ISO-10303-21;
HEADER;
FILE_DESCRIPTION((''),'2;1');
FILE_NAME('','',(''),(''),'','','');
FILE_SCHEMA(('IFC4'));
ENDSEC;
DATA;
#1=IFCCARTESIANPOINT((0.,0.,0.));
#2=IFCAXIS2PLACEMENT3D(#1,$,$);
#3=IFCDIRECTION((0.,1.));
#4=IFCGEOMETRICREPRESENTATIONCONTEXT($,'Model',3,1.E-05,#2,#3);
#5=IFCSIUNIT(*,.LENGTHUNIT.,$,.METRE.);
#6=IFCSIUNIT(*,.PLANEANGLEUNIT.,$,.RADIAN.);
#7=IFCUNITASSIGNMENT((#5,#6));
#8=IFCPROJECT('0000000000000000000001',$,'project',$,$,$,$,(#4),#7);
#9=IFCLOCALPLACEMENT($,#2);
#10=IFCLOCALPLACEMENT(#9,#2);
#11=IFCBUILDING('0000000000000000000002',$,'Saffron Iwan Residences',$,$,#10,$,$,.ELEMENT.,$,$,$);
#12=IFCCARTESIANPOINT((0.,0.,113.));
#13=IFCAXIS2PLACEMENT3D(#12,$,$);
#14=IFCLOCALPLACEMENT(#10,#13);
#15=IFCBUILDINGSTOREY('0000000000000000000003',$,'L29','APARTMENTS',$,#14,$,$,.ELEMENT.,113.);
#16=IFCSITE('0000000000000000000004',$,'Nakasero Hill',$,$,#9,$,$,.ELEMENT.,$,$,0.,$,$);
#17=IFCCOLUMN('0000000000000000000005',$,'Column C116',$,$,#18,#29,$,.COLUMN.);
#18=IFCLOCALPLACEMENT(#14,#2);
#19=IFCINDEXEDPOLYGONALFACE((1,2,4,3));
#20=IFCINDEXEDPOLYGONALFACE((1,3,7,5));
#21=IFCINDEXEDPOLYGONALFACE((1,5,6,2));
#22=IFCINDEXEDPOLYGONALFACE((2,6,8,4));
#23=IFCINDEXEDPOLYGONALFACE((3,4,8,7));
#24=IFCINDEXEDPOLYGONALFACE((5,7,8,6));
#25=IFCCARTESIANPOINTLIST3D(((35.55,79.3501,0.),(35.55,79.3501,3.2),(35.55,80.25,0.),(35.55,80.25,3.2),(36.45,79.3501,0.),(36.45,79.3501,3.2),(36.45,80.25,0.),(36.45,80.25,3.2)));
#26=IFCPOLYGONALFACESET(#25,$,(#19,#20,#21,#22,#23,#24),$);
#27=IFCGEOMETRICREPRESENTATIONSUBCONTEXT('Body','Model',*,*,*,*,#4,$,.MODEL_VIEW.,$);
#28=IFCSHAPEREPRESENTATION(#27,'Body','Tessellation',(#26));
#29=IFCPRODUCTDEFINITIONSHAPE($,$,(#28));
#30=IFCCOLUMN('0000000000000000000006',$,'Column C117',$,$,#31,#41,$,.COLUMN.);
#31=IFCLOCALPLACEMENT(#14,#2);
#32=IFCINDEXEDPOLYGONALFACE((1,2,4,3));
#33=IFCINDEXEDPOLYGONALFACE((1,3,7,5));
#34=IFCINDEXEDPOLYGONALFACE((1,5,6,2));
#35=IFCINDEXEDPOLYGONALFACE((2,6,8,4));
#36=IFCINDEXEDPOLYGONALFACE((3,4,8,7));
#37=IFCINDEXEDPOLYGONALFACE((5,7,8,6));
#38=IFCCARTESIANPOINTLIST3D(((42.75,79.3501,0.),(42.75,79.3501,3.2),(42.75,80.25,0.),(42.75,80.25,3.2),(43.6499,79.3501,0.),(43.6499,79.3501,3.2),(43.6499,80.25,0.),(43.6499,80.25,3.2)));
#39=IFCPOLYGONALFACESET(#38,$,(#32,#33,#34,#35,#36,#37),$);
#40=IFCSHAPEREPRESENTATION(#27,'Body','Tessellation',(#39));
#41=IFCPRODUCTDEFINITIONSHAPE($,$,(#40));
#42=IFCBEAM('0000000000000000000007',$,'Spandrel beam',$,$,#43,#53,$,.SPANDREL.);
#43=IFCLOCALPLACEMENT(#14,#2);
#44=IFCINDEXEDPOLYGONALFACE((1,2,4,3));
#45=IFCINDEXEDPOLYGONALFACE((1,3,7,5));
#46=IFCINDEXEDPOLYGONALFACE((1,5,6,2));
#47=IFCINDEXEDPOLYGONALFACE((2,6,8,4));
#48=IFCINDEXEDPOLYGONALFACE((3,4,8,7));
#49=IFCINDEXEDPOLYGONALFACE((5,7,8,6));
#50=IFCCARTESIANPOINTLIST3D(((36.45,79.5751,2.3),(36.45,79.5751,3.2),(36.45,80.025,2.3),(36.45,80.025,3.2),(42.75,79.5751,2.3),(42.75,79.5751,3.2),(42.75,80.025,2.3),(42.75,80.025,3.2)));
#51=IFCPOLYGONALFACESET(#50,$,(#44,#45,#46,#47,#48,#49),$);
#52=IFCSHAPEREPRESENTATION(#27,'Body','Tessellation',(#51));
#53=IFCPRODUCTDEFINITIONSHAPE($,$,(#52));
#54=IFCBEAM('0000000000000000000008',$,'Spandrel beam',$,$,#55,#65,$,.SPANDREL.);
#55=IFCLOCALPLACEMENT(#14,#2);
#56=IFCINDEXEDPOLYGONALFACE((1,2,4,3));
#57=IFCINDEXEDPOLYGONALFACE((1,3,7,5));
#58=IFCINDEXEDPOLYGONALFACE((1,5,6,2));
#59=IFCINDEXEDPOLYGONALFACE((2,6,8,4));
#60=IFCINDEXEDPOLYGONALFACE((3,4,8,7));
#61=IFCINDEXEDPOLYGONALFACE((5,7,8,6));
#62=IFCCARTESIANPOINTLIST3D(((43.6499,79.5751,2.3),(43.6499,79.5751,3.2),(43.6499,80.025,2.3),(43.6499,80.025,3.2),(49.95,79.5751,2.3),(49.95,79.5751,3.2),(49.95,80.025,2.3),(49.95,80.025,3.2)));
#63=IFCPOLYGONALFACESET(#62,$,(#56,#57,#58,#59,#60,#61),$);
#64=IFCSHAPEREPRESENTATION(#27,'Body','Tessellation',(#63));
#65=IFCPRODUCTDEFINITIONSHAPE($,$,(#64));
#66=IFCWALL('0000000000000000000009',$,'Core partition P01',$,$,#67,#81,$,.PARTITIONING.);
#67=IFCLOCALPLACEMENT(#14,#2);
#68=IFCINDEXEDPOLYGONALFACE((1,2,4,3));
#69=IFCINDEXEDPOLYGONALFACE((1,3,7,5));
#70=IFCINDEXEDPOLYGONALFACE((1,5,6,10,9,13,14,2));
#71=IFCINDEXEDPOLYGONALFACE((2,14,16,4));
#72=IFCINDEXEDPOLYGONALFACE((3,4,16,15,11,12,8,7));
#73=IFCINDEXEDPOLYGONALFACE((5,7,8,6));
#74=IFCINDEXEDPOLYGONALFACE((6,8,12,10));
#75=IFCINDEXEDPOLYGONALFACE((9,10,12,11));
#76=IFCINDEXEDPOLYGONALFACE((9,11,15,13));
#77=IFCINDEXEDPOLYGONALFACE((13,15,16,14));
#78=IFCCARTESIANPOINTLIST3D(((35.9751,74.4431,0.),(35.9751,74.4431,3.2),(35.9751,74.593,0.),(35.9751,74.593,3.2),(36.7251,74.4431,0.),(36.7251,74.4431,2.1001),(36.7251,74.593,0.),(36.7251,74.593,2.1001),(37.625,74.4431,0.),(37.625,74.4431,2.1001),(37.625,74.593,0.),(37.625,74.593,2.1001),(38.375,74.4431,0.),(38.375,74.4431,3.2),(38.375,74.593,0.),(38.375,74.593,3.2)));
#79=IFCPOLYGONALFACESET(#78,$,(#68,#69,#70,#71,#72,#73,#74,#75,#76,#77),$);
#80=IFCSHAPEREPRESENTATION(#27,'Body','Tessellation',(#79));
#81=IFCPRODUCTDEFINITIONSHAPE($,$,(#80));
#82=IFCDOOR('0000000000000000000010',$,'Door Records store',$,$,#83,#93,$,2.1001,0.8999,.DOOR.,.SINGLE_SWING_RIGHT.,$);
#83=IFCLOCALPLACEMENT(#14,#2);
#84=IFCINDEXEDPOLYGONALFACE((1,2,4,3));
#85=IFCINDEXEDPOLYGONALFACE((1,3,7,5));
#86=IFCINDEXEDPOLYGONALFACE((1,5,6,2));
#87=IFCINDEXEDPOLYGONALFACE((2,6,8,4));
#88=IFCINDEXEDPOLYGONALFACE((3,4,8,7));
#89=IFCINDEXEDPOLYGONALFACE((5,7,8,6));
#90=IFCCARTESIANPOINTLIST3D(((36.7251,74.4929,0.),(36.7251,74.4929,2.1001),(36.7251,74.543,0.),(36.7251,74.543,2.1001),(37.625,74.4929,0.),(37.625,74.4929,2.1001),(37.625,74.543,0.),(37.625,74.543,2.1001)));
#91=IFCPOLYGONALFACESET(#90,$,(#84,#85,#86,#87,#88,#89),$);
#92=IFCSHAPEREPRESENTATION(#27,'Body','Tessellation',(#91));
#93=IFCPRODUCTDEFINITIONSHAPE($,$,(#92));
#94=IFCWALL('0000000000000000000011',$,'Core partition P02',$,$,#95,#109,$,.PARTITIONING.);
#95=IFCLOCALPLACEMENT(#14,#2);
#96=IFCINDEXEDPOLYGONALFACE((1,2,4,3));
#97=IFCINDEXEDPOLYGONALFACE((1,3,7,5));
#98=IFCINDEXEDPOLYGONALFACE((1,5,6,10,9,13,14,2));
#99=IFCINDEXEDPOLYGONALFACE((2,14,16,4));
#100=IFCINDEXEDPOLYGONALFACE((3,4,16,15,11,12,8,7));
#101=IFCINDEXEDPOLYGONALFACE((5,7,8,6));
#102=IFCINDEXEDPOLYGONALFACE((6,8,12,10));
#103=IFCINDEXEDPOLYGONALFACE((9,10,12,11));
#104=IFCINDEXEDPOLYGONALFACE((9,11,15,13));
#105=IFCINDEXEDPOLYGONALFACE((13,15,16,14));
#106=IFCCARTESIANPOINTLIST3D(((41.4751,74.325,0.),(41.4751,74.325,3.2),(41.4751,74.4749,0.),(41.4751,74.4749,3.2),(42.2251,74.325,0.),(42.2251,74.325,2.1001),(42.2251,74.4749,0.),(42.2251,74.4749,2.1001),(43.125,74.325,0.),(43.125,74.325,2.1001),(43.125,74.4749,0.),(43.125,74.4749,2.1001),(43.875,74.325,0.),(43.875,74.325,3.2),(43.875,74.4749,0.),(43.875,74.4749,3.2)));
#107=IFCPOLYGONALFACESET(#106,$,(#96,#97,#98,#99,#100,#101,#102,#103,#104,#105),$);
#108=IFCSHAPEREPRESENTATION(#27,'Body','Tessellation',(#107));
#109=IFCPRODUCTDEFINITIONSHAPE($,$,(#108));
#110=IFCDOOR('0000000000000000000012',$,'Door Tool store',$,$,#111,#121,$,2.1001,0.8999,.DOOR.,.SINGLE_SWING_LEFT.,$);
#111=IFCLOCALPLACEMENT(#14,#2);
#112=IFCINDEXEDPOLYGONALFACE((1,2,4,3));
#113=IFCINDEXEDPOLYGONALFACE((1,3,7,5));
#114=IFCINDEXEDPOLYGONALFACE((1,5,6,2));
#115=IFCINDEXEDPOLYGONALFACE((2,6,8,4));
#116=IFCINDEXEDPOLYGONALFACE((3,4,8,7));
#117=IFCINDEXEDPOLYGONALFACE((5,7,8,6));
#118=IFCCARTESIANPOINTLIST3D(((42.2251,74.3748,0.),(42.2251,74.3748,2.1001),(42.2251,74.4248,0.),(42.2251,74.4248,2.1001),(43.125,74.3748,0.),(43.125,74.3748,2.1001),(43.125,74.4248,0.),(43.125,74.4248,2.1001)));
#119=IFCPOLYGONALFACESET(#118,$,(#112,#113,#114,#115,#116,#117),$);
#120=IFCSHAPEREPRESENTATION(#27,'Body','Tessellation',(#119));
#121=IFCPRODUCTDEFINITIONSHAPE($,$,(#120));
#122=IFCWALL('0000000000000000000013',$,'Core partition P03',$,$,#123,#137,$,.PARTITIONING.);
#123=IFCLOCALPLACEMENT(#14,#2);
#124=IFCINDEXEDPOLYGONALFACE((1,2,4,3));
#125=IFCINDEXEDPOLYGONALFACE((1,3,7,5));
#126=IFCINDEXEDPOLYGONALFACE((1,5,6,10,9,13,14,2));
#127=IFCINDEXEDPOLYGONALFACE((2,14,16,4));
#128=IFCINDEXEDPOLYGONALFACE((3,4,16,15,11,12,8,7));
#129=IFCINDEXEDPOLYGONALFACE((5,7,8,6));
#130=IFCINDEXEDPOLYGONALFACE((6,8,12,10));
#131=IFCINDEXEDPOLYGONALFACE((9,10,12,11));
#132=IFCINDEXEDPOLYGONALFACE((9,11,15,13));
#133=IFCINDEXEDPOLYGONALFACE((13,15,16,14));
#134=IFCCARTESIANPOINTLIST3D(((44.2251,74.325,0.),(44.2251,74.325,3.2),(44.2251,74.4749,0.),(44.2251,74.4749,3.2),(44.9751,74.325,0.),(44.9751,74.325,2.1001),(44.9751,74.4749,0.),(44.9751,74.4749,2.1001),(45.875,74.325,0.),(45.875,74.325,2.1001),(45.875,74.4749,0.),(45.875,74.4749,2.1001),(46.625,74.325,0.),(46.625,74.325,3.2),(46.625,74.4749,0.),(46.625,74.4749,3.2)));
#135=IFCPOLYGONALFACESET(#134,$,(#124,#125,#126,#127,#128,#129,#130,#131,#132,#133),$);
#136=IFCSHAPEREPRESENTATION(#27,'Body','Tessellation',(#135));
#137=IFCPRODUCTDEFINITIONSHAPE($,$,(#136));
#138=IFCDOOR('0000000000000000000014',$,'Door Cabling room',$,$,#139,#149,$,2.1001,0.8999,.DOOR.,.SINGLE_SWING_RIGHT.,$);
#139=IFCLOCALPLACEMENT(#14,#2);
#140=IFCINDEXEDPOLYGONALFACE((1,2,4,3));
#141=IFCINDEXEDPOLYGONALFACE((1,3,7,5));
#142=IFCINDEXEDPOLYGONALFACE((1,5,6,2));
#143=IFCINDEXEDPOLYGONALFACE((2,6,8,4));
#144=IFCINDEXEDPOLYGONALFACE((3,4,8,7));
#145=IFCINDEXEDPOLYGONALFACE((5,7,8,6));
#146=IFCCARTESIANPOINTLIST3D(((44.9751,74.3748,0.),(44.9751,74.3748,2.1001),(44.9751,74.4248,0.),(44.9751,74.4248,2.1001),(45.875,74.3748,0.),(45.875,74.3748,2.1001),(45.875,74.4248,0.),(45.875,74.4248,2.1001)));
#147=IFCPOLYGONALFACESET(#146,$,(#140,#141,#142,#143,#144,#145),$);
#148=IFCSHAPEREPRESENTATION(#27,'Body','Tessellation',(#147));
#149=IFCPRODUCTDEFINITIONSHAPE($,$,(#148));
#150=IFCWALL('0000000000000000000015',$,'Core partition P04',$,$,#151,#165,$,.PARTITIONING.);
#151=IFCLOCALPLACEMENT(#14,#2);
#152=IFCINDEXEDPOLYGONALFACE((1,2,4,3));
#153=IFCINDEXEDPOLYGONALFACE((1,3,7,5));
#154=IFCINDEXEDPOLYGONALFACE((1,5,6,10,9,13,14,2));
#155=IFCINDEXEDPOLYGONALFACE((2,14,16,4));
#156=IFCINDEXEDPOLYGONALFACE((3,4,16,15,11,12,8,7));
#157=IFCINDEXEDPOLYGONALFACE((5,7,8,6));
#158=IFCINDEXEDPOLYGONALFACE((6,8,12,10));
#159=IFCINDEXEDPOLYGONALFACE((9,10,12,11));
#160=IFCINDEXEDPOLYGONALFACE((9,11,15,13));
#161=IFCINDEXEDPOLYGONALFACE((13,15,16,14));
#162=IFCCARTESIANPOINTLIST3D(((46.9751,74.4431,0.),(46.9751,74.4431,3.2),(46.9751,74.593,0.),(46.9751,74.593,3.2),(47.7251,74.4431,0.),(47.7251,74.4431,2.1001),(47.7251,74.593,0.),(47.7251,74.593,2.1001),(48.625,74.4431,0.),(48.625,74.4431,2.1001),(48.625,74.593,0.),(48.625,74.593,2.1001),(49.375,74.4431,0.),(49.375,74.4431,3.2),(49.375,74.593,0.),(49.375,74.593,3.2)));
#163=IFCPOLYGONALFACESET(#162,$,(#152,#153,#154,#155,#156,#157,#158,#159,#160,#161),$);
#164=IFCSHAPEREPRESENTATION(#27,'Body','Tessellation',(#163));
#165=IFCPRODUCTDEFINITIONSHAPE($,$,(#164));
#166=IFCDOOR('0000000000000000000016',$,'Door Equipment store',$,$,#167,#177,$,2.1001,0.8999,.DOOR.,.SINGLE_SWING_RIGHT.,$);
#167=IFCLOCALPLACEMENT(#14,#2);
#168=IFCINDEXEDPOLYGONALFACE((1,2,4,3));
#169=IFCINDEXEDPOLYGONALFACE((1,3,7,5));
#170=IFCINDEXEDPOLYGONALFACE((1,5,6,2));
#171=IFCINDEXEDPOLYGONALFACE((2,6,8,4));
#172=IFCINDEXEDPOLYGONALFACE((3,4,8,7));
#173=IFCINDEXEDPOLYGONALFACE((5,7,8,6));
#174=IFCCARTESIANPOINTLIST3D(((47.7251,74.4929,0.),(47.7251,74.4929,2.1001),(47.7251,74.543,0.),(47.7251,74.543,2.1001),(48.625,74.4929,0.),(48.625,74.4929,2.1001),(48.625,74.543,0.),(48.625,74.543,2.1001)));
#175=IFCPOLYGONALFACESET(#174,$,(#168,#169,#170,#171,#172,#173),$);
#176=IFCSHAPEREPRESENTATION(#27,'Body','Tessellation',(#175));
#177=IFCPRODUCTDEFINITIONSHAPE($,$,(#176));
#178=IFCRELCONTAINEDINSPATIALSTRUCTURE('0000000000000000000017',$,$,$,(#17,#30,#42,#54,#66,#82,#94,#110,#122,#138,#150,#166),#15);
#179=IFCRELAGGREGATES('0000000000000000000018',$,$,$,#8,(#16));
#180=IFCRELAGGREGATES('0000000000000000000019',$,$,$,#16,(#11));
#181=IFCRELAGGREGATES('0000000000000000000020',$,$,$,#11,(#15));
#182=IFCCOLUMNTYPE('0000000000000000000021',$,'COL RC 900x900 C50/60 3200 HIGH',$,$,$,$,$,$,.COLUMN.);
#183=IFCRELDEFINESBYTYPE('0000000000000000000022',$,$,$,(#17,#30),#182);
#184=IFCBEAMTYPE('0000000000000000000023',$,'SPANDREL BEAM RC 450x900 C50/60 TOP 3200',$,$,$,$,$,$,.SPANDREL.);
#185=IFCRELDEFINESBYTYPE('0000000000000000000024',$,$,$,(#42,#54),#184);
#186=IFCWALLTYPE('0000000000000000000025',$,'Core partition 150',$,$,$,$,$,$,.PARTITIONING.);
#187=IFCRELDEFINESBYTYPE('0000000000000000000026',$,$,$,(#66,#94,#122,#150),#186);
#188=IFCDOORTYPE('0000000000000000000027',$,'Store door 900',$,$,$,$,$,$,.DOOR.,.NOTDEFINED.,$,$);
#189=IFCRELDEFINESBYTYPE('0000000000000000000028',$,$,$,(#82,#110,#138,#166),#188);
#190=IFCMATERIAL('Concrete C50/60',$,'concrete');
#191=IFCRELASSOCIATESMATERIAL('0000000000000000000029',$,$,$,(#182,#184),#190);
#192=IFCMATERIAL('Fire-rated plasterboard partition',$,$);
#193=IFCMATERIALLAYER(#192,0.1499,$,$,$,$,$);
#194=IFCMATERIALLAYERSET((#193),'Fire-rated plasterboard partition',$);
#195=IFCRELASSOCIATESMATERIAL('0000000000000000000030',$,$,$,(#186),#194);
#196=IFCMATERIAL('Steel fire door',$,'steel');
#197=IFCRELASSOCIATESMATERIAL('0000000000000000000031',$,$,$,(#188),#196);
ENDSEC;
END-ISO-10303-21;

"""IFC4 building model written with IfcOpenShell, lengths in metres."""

from ifc_helpers import new_model, si_unit, direction, frame, frame_2d, origin, origin_2d, place, context, subcontext, project, spatial, rectangle, extrude, source, transform, mapped, material, layer, layer_set, material_profile, profile_set, type_object, element, fill, save


model = new_model("IFC4")

# Units and contexts
model_context = context("Model", 3, precision=1e-05, world=origin(), true_north=direction((0.0, 1.0)))
body_context = subcontext(model_context, "Body", "Model", "MODEL_VIEW")
ifc_project = project(units=[si_unit("LENGTHUNIT", "METRE"), si_unit("PLANEANGLEUNIT", "RADIAN")], contexts=[model_context])

# Site, building, storey
site_placement = place(None, origin())
site = spatial("IfcSite", under=ifc_project, at=site_placement, Name="Nakasero Hill", CompositionType="ELEMENT", RefElevation=0.0)
building_placement = place(site_placement, origin())
building = spatial("IfcBuilding", under=site, at=building_placement, Name="Saffron Iwan Residences", CompositionType="ELEMENT")
storey_placement = place(building_placement, frame((0.0, 0.0, 113.0)))
storey = spatial("IfcBuildingStorey", under=building, at=storey_placement, Name="L29", Description="APARTMENTS", CompositionType="ELEMENT", Elevation=113.0)

# Columns
ifc_material_1 = material(Name="Concrete C50/60", Category="concrete")
ifc_material_profile_1 = material_profile(ifc_material_1, rectangle(XDim=0.8999, YDim=0.8999, at=origin_2d()), Name="RC 900x900")
ifc_profile_set_1 = profile_set([ifc_material_profile_1], Name="Concrete C50/60")
column_type = type_object("IfcColumnType", Name="COL RC 900x900 C50/60 3200 HIGH", PredefinedType="COLUMN", material=ifc_profile_set_1)
shared_shape_1 = source(origin(), body_context, "Body", "SweptSolid", [
    extrude(rectangle(XDim=0.8999, YDim=0.8999, at=origin_2d()), origin(), (0.0, 0.0, 1.0), 3.2),
])
for number, where, z_axis, x_axis, name in (
    (1, (36.0, 79.8, 0.0), (0.0, 0.0, 1.0), (1.0, 0.0, 0.0), "Column C116"),
    (2, (43.2, 79.8, 0.0), (0.0, 0.0, 1.0), (1.0, 0.0, 0.0), "Column C117"),
):
    element("IfcColumn", number, at=place(storey_placement, frame(where, z_axis=z_axis, x_axis=x_axis)), inside=storey, type_object=column_type, Name=name, PredefinedType="COLUMN", context=body_context, shape_type="MappedRepresentation", body=[
        mapped(shared_shape_1, transform((0.0, 0.0, 0.0))),
    ])

# Beams
ifc_material_profile_2 = material_profile(ifc_material_1, rectangle(XDim=0.45, YDim=0.8999, at=origin_2d()), Name="RC 450x900")
ifc_profile_set_2 = profile_set([ifc_material_profile_2], Name="Concrete C50/60")
beam_type = type_object("IfcBeamType", Name="SPANDREL BEAM RC 450x900 C50/60 TOP 3200", PredefinedType="SPANDREL", material=ifc_profile_set_2)
shared_shape_2 = source(origin(), body_context, "Body", "SweptSolid", [
    extrude(rectangle(XDim=0.45, YDim=0.8999, at=origin_2d()), origin(), (0.0, 0.0, 1.0), 6.3),
])
for number, where, z_axis, x_axis, name in (
    (3, (36.45, 79.8, 2.75), (1.0, 0.0, 0.0), (0.0, 1.0, 0.0), "Spandrel beam"),
    (4, (43.6499, 79.8, 2.75), (1.0, 0.0, 0.0), (0.0, 1.0, 0.0), "Spandrel beam"),
):
    element("IfcBeam", number, at=place(storey_placement, frame(where, z_axis=z_axis, x_axis=x_axis)), inside=storey, type_object=beam_type, Name=name, PredefinedType="SPANDREL", context=body_context, shape_type="MappedRepresentation", body=[
        mapped(shared_shape_2, transform((0.0, 0.0, 0.0))),
    ])

# Walls, openings, doors
ifc_material_2 = material(Name="Fire-rated plasterboard partition")
ifc_layer_1 = layer(ifc_material_2, 0.1499)
ifc_layer_set_1 = layer_set([ifc_layer_1], Name="Fire-rated plasterboard partition")
wall_type_1 = type_object("IfcWallType", Name="Core partition 150", PredefinedType="PARTITIONING", material=ifc_layer_set_1)
wall_1_placement = place(storey_placement, frame((35.9751, 74.5181, 0.0), z_axis=(0.0, 0.0, 1.0), x_axis=(1.0, 0.0, 0.0)))
wall_1 = element("IfcWall", 5, at=wall_1_placement, inside=storey, type_object=wall_type_1, Name="Core partition P01", PredefinedType="PARTITIONING", context=body_context, shape_type="SweptSolid", body=[
    extrude(rectangle(XDim=2.3999, YDim=0.1499, at=frame_2d((1.2, 0.0))), origin(), (0.0, 0.0, 1.0), 3.2),
])
opening_1_placement = place(wall_1_placement, frame((0.75, 0.0, 0.0)))
opening_1 = element("IfcOpeningElement", 6, at=opening_1_placement, cuts=wall_1, PredefinedType="OPENING", context=body_context, shape_type="SweptSolid", body=[
    extrude(rectangle(XDim=0.8999, YDim=2.1001, at=frame_2d((0.45, 1.05))), frame((0.0, 0.085, 0.0), z_axis=(0.0, -1.0, 0.0), x_axis=(1.0, 0.0, 0.0)), (0.0, 0.0, 1.0), 0.1699),
])
ifc_material_3 = material(Name="Steel fire door", Category="steel")
door_type = type_object("IfcDoorType", Name="Store door 900", OperationType="NOTDEFINED", PredefinedType="DOOR", material=ifc_material_3)
door_1_placement = place(opening_1_placement, origin())
door_1 = element("IfcDoor", 7, at=door_1_placement, inside=storey, type_object=door_type, Name="Door Records store", OperationType="SINGLE_SWING_RIGHT", OverallHeight=2.1001, OverallWidth=0.8999, PredefinedType="DOOR", context=body_context, shape_type="SweptSolid", body=[
    extrude(rectangle(XDim=0.8999, YDim=2.1001, at=frame_2d((0.45, 1.05))), frame((0.0, 0.0249, 0.0), z_axis=(0.0, -1.0, 0.0), x_axis=(1.0, 0.0, 0.0)), (0.0, 0.0, 1.0), 0.05),
])
fill(opening_1, door_1)
wall_2_placement = place(storey_placement, frame((41.4751, 74.3999, 0.0), z_axis=(0.0, 0.0, 1.0), x_axis=(1.0, 0.0, 0.0)))
wall_2 = element("IfcWall", 8, at=wall_2_placement, inside=storey, type_object=wall_type_1, Name="Core partition P02", PredefinedType="PARTITIONING", context=body_context, shape_type="SweptSolid", body=[
    extrude(rectangle(XDim=2.3999, YDim=0.1499, at=frame_2d((1.2, 0.0))), origin(), (0.0, 0.0, 1.0), 3.2),
])
opening_2_placement = place(wall_2_placement, frame((0.75, 0.0, 0.0)))
opening_2 = element("IfcOpeningElement", 9, at=opening_2_placement, cuts=wall_2, PredefinedType="OPENING", context=body_context, shape_type="SweptSolid", body=[
    extrude(rectangle(XDim=0.8999, YDim=2.1001, at=frame_2d((0.45, 1.05))), frame((0.0, 0.085, 0.0), z_axis=(0.0, -1.0, 0.0), x_axis=(1.0, 0.0, 0.0)), (0.0, 0.0, 1.0), 0.1699),
])
door_2_placement = place(opening_2_placement, origin())
door_2 = element("IfcDoor", 10, at=door_2_placement, inside=storey, type_object=door_type, Name="Door Tool store", OperationType="SINGLE_SWING_LEFT", OverallHeight=2.1001, OverallWidth=0.8999, PredefinedType="DOOR", context=body_context, shape_type="SweptSolid", body=[
    extrude(rectangle(XDim=0.8999, YDim=2.1001, at=frame_2d((0.45, 1.05))), frame((0.0, 0.0249, 0.0), z_axis=(0.0, -1.0, 0.0), x_axis=(1.0, 0.0, 0.0)), (0.0, 0.0, 1.0), 0.05),
])
fill(opening_2, door_2)
wall_3_placement = place(storey_placement, frame((44.2251, 74.3999, 0.0), z_axis=(0.0, 0.0, 1.0), x_axis=(1.0, 0.0, 0.0)))
wall_3 = element("IfcWall", 11, at=wall_3_placement, inside=storey, type_object=wall_type_1, Name="Core partition P03", PredefinedType="PARTITIONING", context=body_context, shape_type="SweptSolid", body=[
    extrude(rectangle(XDim=2.3999, YDim=0.1499, at=frame_2d((1.2, 0.0))), origin(), (0.0, 0.0, 1.0), 3.2),
])
opening_3_placement = place(wall_3_placement, frame((0.75, 0.0, 0.0)))
opening_3 = element("IfcOpeningElement", 12, at=opening_3_placement, cuts=wall_3, PredefinedType="OPENING", context=body_context, shape_type="SweptSolid", body=[
    extrude(rectangle(XDim=0.8999, YDim=2.1001, at=frame_2d((0.45, 1.05))), frame((0.0, 0.085, 0.0), z_axis=(0.0, -1.0, 0.0), x_axis=(1.0, 0.0, 0.0)), (0.0, 0.0, 1.0), 0.1699),
])
door_3_placement = place(opening_3_placement, origin())
door_3 = element("IfcDoor", 13, at=door_3_placement, inside=storey, type_object=door_type, Name="Door Cabling room", OperationType="SINGLE_SWING_RIGHT", OverallHeight=2.1001, OverallWidth=0.8999, PredefinedType="DOOR", context=body_context, shape_type="SweptSolid", body=[
    extrude(rectangle(XDim=0.8999, YDim=2.1001, at=frame_2d((0.45, 1.05))), frame((0.0, 0.0249, 0.0), z_axis=(0.0, -1.0, 0.0), x_axis=(1.0, 0.0, 0.0)), (0.0, 0.0, 1.0), 0.05),
])
fill(opening_3, door_3)
wall_4_placement = place(storey_placement, frame((46.9751, 74.5181, 0.0), z_axis=(0.0, 0.0, 1.0), x_axis=(1.0, 0.0, 0.0)))
wall_4 = element("IfcWall", 14, at=wall_4_placement, inside=storey, type_object=wall_type_1, Name="Core partition P04", PredefinedType="PARTITIONING", context=body_context, shape_type="SweptSolid", body=[
    extrude(rectangle(XDim=2.3999, YDim=0.1499, at=frame_2d((1.2, 0.0))), origin(), (0.0, 0.0, 1.0), 3.2),
])
opening_4_placement = place(wall_4_placement, frame((0.75, 0.0, 0.0)))
opening_4 = element("IfcOpeningElement", 15, at=opening_4_placement, cuts=wall_4, PredefinedType="OPENING", context=body_context, shape_type="SweptSolid", body=[
    extrude(rectangle(XDim=0.8999, YDim=2.1001, at=frame_2d((0.45, 1.05))), frame((0.0, 0.085, 0.0), z_axis=(0.0, -1.0, 0.0), x_axis=(1.0, 0.0, 0.0)), (0.0, 0.0, 1.0), 0.1699),
])
door_4_placement = place(opening_4_placement, origin())
door_4 = element("IfcDoor", 16, at=door_4_placement, inside=storey, type_object=door_type, Name="Door Equipment store", OperationType="SINGLE_SWING_RIGHT", OverallHeight=2.1001, OverallWidth=0.8999, PredefinedType="DOOR", context=body_context, shape_type="SweptSolid", body=[
    extrude(rectangle(XDim=0.8999, YDim=2.1001, at=frame_2d((0.45, 1.05))), frame((0.0, 0.0249, 0.0), z_axis=(0.0, -1.0, 0.0), x_axis=(1.0, 0.0, 0.0)), (0.0, 0.0, 1.0), 0.05),
])
fill(opening_4, door_4)

save(model, "model.ifc")
